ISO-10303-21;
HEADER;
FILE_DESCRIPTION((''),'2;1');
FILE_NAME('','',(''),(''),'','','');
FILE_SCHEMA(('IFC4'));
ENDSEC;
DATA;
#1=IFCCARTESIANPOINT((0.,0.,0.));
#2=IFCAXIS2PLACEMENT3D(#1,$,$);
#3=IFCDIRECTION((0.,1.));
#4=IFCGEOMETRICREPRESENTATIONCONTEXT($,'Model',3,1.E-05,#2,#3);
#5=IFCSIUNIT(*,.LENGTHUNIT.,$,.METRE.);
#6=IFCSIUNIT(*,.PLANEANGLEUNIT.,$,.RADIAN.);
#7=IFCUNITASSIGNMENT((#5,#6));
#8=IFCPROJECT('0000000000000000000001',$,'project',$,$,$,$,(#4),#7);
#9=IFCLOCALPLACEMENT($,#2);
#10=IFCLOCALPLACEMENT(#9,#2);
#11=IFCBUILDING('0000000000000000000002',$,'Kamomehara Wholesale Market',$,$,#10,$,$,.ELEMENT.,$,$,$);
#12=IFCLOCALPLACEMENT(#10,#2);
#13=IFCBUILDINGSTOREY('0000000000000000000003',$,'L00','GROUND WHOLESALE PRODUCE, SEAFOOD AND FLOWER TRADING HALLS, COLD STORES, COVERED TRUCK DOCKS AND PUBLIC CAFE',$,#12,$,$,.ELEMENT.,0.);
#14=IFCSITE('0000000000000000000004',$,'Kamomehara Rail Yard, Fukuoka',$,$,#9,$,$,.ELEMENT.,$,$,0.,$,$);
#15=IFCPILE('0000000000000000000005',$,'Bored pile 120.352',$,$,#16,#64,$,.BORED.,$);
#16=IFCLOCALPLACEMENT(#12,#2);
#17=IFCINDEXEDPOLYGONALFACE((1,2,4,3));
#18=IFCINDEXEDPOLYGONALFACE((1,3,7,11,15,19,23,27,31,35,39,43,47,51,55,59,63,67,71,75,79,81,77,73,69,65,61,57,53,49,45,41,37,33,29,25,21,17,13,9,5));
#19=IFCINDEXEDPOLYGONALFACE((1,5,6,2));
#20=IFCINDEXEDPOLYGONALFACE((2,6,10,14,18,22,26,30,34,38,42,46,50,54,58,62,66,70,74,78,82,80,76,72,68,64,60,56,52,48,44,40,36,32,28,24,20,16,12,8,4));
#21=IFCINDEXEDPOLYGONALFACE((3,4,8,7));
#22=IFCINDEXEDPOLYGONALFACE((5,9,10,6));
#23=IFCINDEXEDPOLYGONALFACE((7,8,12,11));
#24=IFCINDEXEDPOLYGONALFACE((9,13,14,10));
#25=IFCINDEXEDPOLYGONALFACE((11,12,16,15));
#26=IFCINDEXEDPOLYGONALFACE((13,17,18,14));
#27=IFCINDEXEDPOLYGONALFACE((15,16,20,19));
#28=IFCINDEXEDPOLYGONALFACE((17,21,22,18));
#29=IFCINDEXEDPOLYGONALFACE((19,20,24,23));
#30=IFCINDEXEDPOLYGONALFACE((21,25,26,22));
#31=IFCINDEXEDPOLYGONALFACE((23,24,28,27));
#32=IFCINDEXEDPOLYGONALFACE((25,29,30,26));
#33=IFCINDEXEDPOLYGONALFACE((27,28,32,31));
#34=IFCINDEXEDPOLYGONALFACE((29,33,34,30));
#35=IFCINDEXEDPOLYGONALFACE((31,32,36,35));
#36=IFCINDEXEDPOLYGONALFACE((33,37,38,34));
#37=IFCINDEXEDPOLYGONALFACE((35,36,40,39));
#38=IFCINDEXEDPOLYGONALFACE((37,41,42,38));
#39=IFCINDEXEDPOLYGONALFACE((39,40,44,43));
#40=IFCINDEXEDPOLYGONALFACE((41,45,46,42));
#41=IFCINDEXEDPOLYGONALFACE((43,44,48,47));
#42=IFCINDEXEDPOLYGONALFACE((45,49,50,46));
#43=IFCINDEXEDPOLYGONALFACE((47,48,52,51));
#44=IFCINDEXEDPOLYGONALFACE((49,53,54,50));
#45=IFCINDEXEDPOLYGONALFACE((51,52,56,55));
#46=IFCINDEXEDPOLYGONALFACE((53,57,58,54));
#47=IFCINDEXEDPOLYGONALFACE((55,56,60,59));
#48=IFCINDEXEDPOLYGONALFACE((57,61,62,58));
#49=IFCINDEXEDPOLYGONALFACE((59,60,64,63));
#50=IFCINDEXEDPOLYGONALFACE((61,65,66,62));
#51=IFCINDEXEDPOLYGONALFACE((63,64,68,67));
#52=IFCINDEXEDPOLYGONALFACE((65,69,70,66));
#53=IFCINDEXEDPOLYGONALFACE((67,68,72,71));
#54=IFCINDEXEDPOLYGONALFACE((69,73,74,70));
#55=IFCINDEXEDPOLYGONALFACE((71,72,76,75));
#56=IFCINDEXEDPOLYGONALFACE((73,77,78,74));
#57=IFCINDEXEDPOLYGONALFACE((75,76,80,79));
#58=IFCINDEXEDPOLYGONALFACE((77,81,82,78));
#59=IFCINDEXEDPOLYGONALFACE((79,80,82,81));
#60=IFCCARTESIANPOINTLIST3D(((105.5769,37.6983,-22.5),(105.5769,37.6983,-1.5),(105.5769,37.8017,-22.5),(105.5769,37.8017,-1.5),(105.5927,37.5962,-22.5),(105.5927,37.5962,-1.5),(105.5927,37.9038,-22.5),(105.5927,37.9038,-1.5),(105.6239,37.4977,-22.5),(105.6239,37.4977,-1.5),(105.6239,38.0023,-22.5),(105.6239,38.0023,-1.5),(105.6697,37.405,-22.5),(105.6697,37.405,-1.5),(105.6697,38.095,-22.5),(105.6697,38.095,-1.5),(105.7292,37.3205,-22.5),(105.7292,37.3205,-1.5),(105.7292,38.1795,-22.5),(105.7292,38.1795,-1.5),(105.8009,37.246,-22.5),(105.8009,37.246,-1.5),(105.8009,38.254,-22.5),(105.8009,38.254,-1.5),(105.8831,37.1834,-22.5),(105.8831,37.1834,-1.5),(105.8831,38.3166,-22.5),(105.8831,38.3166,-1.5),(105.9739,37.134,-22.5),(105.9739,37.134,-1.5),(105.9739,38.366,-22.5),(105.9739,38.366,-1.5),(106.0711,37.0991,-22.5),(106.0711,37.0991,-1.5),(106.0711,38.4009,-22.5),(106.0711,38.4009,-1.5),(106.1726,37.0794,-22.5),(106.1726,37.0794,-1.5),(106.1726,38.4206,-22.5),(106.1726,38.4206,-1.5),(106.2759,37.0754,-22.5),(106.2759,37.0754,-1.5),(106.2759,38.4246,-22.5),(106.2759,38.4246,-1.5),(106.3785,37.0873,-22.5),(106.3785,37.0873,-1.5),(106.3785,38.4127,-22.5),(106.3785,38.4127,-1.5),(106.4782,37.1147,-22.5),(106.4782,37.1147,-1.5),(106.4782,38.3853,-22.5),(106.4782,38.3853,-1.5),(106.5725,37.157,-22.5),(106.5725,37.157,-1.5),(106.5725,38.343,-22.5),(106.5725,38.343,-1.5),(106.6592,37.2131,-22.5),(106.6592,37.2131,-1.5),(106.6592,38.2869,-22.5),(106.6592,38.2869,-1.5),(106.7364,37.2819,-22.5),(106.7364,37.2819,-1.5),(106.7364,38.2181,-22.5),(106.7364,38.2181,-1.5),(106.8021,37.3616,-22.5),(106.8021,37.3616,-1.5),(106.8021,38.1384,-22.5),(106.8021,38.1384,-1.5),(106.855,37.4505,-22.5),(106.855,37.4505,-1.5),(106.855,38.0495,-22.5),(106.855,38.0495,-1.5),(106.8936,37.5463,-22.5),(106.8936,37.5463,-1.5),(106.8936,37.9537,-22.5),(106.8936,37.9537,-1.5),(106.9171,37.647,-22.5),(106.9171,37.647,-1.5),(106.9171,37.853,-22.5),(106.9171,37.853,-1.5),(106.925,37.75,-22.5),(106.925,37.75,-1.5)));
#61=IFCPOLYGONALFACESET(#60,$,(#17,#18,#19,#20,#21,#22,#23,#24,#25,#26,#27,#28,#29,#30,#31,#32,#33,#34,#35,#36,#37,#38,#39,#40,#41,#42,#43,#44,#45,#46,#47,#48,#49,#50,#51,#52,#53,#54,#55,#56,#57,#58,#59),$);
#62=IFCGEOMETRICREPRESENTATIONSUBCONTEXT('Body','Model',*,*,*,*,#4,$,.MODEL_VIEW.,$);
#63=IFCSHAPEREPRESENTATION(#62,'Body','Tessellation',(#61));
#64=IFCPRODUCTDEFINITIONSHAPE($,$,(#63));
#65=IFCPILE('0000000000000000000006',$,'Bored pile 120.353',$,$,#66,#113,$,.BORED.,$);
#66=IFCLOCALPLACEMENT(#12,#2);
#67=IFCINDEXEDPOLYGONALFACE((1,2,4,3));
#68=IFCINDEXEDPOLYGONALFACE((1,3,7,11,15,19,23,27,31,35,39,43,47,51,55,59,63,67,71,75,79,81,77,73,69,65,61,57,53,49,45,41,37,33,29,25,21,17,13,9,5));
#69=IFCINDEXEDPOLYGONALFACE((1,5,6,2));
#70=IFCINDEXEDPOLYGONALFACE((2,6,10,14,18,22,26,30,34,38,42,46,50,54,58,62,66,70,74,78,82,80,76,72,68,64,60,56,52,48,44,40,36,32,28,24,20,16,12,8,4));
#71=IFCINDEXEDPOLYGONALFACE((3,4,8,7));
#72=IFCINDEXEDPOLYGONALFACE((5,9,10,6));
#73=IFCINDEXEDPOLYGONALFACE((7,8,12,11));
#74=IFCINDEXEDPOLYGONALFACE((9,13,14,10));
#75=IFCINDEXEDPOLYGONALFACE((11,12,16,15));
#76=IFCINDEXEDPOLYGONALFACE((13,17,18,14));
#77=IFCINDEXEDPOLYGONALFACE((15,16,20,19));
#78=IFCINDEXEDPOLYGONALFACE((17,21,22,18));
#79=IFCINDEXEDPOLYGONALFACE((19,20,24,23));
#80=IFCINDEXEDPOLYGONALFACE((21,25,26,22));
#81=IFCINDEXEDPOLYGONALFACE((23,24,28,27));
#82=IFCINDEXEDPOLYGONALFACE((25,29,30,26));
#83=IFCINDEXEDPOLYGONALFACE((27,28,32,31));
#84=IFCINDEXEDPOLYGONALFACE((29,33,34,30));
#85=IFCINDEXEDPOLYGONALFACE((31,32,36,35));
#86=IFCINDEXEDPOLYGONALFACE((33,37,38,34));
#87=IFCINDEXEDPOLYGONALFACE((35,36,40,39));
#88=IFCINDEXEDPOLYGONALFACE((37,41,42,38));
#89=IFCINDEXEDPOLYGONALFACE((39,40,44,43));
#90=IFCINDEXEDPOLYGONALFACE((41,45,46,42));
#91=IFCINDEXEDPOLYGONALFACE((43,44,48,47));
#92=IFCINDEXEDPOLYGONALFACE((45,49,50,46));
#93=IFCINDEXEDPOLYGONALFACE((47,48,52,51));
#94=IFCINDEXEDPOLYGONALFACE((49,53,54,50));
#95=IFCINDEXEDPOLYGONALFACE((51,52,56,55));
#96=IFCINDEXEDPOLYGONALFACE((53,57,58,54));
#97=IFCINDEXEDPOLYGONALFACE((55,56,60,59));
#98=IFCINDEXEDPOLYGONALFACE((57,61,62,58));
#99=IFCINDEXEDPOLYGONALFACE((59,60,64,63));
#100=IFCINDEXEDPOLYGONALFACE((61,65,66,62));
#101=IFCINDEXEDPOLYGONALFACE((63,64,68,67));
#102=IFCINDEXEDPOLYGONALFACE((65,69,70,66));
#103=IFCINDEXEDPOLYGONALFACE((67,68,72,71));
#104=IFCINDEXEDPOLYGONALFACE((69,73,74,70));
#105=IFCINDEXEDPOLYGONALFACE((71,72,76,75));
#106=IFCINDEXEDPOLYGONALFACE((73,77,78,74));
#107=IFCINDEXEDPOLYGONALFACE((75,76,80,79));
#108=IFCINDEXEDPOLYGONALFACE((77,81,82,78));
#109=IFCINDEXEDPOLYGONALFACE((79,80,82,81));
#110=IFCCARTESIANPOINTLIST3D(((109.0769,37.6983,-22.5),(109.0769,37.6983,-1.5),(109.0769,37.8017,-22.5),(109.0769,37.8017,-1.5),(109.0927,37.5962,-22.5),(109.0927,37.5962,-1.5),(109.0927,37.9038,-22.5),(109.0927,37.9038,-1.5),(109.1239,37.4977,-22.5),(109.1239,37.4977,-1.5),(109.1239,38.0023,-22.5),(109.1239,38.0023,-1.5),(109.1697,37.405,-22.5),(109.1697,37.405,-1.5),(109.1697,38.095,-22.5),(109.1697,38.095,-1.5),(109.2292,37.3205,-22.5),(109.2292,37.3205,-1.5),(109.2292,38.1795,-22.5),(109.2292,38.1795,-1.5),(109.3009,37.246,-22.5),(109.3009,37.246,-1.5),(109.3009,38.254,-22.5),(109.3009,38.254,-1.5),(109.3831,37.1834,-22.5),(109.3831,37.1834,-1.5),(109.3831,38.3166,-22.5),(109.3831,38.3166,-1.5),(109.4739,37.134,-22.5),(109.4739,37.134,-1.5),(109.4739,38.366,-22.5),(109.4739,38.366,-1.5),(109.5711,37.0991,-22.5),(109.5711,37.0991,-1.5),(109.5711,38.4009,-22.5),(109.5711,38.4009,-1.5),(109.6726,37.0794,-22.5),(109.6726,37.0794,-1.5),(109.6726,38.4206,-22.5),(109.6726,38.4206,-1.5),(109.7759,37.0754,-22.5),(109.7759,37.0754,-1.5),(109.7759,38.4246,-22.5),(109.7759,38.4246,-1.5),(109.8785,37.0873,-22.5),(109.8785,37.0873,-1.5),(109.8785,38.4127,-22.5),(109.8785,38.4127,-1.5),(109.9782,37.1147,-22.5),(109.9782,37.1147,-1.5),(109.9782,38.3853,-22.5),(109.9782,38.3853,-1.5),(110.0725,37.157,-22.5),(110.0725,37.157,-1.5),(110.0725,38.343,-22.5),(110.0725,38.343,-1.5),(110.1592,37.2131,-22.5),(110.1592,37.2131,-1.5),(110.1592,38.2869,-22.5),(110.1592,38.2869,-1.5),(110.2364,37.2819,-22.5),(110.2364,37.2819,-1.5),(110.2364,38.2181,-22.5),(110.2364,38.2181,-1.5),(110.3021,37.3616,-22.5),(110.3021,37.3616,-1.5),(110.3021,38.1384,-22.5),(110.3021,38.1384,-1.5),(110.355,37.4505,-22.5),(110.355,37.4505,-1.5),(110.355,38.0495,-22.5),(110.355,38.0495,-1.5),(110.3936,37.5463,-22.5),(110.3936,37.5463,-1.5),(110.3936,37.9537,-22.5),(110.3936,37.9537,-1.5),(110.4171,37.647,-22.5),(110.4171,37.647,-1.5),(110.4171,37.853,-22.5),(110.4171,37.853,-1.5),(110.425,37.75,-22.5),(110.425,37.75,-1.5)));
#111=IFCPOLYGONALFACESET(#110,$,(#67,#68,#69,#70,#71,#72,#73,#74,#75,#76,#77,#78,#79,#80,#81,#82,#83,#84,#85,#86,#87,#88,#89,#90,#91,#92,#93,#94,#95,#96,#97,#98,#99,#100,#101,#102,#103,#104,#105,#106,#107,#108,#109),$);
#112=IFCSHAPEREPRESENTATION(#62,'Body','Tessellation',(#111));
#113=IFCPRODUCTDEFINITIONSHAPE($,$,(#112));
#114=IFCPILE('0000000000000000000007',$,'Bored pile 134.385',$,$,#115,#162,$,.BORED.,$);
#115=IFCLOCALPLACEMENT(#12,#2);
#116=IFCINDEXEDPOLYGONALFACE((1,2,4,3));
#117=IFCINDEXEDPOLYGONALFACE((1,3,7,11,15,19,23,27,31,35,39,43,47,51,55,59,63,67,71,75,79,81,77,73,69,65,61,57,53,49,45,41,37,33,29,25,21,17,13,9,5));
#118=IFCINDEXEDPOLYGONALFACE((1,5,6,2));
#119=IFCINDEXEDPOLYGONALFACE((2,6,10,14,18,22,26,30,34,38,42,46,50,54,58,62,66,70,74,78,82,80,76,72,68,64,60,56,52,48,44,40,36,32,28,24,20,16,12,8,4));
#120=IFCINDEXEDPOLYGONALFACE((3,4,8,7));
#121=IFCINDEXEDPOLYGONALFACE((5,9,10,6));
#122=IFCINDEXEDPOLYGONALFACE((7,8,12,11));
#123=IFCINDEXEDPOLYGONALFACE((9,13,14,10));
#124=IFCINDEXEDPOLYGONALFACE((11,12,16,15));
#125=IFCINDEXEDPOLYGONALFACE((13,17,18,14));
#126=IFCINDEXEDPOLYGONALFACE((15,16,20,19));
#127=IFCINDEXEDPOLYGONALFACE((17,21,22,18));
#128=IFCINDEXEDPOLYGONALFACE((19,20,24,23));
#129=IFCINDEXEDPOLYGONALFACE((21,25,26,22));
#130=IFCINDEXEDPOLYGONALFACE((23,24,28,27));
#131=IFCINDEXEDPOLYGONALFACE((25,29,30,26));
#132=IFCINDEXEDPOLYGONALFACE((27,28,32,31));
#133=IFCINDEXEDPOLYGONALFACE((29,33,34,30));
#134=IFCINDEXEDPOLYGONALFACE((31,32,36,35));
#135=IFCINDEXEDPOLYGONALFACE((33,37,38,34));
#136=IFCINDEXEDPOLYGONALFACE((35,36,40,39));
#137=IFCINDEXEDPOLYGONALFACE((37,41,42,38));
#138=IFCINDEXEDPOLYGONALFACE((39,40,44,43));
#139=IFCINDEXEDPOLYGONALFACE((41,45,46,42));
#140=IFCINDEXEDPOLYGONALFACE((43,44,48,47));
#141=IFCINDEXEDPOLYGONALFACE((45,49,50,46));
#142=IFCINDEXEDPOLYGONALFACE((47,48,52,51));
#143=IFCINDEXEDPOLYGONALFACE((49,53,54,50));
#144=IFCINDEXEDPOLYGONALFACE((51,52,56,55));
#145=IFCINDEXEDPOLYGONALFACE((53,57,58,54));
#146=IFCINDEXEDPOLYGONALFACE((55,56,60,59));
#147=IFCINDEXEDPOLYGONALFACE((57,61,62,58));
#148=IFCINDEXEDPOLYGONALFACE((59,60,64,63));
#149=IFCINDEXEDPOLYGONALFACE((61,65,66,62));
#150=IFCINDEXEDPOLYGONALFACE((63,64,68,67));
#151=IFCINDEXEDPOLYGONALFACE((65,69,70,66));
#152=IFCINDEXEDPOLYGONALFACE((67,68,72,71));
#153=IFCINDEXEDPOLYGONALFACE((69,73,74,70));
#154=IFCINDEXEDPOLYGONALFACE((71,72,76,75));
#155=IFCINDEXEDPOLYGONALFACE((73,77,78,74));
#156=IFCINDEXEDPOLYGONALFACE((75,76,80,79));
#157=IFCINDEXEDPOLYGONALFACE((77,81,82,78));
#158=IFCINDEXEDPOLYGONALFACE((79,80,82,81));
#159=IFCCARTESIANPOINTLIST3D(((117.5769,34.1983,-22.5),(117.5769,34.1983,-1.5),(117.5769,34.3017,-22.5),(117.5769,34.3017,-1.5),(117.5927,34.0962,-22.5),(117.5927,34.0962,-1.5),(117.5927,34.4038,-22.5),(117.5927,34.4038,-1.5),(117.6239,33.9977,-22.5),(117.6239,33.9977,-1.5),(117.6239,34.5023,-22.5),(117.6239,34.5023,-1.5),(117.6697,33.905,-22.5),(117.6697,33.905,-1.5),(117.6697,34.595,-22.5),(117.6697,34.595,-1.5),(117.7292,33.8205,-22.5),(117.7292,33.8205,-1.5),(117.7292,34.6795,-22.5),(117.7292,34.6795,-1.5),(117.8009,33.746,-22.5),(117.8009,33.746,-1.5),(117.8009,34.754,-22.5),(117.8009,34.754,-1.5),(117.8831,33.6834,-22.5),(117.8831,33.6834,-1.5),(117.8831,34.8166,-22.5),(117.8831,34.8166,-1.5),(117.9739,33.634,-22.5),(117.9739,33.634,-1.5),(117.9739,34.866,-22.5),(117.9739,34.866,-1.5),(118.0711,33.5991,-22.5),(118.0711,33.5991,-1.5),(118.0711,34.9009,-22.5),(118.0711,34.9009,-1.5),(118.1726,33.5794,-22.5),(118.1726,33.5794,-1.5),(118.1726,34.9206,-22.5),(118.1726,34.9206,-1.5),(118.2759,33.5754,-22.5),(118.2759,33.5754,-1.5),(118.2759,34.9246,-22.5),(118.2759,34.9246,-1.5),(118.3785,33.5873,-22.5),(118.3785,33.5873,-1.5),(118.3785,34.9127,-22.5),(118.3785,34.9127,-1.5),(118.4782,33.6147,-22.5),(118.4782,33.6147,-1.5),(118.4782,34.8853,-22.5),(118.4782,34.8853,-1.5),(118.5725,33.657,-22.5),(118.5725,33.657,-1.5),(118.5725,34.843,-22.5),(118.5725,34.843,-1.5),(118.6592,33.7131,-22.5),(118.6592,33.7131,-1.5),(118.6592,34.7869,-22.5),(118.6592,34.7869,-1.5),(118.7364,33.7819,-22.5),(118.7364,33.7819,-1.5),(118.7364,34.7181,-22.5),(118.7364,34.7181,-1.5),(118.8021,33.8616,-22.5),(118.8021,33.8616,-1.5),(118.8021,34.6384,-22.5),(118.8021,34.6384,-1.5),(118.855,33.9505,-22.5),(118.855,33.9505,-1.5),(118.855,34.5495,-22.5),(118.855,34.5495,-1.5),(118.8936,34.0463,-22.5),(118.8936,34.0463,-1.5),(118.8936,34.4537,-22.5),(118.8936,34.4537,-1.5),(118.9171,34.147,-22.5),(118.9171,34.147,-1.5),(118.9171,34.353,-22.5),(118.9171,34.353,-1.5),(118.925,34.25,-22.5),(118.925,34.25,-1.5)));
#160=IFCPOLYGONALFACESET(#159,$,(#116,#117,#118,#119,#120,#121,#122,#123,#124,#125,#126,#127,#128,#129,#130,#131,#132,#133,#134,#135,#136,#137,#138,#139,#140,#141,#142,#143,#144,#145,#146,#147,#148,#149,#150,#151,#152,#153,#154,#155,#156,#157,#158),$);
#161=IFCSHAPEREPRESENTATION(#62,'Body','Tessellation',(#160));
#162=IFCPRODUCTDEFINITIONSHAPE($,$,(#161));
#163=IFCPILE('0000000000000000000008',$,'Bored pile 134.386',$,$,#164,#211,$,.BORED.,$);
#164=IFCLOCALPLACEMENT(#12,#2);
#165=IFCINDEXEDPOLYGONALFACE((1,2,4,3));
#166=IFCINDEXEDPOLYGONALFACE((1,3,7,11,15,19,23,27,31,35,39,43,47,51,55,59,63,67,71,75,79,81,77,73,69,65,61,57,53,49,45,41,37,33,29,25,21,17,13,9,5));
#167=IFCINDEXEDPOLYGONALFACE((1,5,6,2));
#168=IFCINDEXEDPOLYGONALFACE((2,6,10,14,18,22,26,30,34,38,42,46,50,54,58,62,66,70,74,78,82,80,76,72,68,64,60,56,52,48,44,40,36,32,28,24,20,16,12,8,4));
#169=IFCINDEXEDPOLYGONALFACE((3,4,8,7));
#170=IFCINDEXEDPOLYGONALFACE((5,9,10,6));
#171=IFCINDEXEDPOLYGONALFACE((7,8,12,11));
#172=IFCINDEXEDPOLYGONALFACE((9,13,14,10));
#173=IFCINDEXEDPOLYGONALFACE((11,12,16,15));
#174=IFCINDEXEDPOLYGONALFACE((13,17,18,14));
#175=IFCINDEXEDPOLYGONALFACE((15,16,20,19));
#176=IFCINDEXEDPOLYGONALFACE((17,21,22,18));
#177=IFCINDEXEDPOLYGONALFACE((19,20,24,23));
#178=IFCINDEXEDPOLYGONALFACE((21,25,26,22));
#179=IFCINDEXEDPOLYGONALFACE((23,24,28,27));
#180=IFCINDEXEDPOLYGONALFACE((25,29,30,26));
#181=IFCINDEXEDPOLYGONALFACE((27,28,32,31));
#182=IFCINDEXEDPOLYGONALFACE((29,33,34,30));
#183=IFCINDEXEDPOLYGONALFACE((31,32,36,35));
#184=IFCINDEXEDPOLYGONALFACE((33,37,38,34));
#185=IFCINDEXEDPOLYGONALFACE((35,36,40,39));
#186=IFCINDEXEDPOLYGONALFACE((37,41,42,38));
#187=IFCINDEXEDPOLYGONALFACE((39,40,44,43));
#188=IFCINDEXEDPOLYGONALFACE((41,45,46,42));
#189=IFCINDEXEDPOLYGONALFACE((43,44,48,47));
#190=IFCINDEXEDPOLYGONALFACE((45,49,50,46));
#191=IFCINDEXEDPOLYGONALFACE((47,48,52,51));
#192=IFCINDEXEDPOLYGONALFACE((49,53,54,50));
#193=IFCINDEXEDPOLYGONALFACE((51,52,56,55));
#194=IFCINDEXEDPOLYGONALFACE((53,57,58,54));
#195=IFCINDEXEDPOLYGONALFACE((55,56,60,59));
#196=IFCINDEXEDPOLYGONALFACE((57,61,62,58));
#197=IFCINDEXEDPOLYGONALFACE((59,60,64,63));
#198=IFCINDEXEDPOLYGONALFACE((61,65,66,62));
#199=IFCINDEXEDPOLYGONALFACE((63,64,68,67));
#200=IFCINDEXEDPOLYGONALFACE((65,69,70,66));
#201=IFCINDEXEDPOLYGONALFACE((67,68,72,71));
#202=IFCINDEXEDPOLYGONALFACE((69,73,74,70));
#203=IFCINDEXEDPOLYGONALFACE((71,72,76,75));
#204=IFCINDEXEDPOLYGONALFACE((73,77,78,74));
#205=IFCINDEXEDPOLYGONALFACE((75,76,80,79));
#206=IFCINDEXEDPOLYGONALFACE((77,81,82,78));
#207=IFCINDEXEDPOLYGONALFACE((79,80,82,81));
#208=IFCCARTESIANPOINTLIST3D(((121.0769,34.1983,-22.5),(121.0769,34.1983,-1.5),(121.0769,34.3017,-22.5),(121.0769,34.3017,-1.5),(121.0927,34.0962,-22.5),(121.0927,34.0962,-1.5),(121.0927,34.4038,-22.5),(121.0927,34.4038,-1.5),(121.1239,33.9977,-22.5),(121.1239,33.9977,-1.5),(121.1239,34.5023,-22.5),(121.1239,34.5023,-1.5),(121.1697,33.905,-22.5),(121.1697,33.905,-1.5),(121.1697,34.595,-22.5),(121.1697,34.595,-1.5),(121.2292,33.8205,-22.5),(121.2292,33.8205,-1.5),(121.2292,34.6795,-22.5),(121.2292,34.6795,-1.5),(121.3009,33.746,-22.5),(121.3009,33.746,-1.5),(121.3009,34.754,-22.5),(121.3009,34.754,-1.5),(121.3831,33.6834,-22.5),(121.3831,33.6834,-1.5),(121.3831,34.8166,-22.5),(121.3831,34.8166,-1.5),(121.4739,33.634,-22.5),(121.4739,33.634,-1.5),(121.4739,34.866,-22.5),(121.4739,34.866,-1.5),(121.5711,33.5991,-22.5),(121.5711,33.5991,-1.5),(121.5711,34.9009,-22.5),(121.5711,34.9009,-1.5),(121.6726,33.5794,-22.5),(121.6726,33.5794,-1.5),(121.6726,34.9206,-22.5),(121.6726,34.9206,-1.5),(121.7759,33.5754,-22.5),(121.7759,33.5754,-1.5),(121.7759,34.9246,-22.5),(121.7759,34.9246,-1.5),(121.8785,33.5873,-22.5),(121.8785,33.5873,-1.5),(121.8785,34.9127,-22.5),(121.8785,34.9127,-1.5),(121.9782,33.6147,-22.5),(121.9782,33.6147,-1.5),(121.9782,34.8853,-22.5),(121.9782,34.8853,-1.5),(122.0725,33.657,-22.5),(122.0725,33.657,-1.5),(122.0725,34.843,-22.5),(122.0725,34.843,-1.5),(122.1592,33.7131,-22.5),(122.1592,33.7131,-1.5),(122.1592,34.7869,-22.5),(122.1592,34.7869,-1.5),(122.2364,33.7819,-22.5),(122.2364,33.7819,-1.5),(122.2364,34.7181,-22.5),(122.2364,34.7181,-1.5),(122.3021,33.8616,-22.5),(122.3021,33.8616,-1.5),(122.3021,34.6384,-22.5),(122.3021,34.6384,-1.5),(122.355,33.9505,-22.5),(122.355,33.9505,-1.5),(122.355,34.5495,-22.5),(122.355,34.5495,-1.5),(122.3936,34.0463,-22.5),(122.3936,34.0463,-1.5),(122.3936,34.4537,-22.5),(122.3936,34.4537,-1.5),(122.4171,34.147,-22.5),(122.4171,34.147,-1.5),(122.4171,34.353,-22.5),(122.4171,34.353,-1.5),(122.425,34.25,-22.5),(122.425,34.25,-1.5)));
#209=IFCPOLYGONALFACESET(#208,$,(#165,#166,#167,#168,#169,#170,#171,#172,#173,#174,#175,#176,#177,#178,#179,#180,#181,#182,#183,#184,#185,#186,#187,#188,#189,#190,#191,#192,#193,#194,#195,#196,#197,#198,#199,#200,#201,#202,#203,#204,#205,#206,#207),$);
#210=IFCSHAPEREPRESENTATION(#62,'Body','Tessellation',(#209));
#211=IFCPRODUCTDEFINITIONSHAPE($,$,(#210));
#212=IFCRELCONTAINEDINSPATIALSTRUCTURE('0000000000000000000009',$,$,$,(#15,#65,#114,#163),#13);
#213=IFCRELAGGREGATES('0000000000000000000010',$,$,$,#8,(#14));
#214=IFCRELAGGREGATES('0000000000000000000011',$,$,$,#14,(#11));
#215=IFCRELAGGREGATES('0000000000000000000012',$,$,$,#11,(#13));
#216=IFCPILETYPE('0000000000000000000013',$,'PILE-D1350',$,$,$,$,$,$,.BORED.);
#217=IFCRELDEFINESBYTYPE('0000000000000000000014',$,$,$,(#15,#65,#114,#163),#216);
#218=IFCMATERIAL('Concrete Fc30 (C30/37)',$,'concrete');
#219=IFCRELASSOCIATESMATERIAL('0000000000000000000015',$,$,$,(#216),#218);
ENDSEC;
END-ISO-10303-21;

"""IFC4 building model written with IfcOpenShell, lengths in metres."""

from ifc_helpers import new_model, si_unit, direction, frame, origin, origin_2d, place, context, subcontext, project, spatial, circle, extrude, material, material_profile, profile_set, type_object, element, save


model = new_model("IFC4")

# Units and contexts
model_context = context("Model", 3, precision=1e-05, world=origin(), true_north=direction((0.0, 1.0)))
body_context = subcontext(model_context, "Body", "Model", "MODEL_VIEW")
ifc_project = project(units=[si_unit("LENGTHUNIT", "METRE"), si_unit("PLANEANGLEUNIT", "RADIAN")], contexts=[model_context])

# Site, building, storey
site_placement = place(None, origin())
site = spatial("IfcSite", under=ifc_project, at=site_placement, Name="Kamomehara Rail Yard, Fukuoka", CompositionType="ELEMENT", RefElevation=0.0)
building_placement = place(site_placement, origin())
building = spatial("IfcBuilding", under=site, at=building_placement, Name="Kamomehara Wholesale Market", CompositionType="ELEMENT")
storey_placement = place(building_placement, origin())
storey = spatial("IfcBuildingStorey", under=building, at=storey_placement, Name="L00", Description="GROUND WHOLESALE PRODUCE, SEAFOOD AND FLOWER TRADING HALLS, COLD STORES, COVERED TRUCK DOCKS AND PUBLIC CAFE", CompositionType="ELEMENT", Elevation=0.0)

# Piles
ifc_material_1 = material(Name="Concrete Fc30 (C30/37)", Category="concrete")
ifc_material_profile_1 = material_profile(ifc_material_1, circle(Radius=0.675, at=origin_2d()), Name="RC-PILE-D1350")
ifc_profile_set_1 = profile_set([ifc_material_profile_1], Name="Concrete Fc30 (C30/37)")
pile_type_1 = type_object("IfcPileType", Name="PILE-D1350", PredefinedType="BORED", material=ifc_profile_set_1)
for number, where, z_axis, x_axis, name in (
    (1, (106.25, 37.75, -1.5), (0.0, 0.0, -1.0), (1.0, 0.0, 0.0), "Bored pile 120.352"),
    (2, (109.75, 37.75, -1.5), (0.0, 0.0, -1.0), (1.0, 0.0, 0.0), "Bored pile 120.353"),
    (3, (118.25, 34.25, -1.5), (0.0, 0.0, -1.0), (1.0, 0.0, 0.0), "Bored pile 134.385"),
    (4, (121.75, 34.25, -1.5), (0.0, 0.0, -1.0), (1.0, 0.0, 0.0), "Bored pile 134.386"),
):
    element("IfcPile", number, at=place(storey_placement, frame(where, z_axis=z_axis, x_axis=x_axis)), inside=storey, type_object=pile_type_1, Name=name, PredefinedType="BORED", context=body_context, shape_type="SweptSolid", body=[
        extrude(circle(Radius=0.675, at=origin_2d()), origin(), (0.0, 0.0, 1.0), 21.0),
    ])

save(model, "model.ifc")
